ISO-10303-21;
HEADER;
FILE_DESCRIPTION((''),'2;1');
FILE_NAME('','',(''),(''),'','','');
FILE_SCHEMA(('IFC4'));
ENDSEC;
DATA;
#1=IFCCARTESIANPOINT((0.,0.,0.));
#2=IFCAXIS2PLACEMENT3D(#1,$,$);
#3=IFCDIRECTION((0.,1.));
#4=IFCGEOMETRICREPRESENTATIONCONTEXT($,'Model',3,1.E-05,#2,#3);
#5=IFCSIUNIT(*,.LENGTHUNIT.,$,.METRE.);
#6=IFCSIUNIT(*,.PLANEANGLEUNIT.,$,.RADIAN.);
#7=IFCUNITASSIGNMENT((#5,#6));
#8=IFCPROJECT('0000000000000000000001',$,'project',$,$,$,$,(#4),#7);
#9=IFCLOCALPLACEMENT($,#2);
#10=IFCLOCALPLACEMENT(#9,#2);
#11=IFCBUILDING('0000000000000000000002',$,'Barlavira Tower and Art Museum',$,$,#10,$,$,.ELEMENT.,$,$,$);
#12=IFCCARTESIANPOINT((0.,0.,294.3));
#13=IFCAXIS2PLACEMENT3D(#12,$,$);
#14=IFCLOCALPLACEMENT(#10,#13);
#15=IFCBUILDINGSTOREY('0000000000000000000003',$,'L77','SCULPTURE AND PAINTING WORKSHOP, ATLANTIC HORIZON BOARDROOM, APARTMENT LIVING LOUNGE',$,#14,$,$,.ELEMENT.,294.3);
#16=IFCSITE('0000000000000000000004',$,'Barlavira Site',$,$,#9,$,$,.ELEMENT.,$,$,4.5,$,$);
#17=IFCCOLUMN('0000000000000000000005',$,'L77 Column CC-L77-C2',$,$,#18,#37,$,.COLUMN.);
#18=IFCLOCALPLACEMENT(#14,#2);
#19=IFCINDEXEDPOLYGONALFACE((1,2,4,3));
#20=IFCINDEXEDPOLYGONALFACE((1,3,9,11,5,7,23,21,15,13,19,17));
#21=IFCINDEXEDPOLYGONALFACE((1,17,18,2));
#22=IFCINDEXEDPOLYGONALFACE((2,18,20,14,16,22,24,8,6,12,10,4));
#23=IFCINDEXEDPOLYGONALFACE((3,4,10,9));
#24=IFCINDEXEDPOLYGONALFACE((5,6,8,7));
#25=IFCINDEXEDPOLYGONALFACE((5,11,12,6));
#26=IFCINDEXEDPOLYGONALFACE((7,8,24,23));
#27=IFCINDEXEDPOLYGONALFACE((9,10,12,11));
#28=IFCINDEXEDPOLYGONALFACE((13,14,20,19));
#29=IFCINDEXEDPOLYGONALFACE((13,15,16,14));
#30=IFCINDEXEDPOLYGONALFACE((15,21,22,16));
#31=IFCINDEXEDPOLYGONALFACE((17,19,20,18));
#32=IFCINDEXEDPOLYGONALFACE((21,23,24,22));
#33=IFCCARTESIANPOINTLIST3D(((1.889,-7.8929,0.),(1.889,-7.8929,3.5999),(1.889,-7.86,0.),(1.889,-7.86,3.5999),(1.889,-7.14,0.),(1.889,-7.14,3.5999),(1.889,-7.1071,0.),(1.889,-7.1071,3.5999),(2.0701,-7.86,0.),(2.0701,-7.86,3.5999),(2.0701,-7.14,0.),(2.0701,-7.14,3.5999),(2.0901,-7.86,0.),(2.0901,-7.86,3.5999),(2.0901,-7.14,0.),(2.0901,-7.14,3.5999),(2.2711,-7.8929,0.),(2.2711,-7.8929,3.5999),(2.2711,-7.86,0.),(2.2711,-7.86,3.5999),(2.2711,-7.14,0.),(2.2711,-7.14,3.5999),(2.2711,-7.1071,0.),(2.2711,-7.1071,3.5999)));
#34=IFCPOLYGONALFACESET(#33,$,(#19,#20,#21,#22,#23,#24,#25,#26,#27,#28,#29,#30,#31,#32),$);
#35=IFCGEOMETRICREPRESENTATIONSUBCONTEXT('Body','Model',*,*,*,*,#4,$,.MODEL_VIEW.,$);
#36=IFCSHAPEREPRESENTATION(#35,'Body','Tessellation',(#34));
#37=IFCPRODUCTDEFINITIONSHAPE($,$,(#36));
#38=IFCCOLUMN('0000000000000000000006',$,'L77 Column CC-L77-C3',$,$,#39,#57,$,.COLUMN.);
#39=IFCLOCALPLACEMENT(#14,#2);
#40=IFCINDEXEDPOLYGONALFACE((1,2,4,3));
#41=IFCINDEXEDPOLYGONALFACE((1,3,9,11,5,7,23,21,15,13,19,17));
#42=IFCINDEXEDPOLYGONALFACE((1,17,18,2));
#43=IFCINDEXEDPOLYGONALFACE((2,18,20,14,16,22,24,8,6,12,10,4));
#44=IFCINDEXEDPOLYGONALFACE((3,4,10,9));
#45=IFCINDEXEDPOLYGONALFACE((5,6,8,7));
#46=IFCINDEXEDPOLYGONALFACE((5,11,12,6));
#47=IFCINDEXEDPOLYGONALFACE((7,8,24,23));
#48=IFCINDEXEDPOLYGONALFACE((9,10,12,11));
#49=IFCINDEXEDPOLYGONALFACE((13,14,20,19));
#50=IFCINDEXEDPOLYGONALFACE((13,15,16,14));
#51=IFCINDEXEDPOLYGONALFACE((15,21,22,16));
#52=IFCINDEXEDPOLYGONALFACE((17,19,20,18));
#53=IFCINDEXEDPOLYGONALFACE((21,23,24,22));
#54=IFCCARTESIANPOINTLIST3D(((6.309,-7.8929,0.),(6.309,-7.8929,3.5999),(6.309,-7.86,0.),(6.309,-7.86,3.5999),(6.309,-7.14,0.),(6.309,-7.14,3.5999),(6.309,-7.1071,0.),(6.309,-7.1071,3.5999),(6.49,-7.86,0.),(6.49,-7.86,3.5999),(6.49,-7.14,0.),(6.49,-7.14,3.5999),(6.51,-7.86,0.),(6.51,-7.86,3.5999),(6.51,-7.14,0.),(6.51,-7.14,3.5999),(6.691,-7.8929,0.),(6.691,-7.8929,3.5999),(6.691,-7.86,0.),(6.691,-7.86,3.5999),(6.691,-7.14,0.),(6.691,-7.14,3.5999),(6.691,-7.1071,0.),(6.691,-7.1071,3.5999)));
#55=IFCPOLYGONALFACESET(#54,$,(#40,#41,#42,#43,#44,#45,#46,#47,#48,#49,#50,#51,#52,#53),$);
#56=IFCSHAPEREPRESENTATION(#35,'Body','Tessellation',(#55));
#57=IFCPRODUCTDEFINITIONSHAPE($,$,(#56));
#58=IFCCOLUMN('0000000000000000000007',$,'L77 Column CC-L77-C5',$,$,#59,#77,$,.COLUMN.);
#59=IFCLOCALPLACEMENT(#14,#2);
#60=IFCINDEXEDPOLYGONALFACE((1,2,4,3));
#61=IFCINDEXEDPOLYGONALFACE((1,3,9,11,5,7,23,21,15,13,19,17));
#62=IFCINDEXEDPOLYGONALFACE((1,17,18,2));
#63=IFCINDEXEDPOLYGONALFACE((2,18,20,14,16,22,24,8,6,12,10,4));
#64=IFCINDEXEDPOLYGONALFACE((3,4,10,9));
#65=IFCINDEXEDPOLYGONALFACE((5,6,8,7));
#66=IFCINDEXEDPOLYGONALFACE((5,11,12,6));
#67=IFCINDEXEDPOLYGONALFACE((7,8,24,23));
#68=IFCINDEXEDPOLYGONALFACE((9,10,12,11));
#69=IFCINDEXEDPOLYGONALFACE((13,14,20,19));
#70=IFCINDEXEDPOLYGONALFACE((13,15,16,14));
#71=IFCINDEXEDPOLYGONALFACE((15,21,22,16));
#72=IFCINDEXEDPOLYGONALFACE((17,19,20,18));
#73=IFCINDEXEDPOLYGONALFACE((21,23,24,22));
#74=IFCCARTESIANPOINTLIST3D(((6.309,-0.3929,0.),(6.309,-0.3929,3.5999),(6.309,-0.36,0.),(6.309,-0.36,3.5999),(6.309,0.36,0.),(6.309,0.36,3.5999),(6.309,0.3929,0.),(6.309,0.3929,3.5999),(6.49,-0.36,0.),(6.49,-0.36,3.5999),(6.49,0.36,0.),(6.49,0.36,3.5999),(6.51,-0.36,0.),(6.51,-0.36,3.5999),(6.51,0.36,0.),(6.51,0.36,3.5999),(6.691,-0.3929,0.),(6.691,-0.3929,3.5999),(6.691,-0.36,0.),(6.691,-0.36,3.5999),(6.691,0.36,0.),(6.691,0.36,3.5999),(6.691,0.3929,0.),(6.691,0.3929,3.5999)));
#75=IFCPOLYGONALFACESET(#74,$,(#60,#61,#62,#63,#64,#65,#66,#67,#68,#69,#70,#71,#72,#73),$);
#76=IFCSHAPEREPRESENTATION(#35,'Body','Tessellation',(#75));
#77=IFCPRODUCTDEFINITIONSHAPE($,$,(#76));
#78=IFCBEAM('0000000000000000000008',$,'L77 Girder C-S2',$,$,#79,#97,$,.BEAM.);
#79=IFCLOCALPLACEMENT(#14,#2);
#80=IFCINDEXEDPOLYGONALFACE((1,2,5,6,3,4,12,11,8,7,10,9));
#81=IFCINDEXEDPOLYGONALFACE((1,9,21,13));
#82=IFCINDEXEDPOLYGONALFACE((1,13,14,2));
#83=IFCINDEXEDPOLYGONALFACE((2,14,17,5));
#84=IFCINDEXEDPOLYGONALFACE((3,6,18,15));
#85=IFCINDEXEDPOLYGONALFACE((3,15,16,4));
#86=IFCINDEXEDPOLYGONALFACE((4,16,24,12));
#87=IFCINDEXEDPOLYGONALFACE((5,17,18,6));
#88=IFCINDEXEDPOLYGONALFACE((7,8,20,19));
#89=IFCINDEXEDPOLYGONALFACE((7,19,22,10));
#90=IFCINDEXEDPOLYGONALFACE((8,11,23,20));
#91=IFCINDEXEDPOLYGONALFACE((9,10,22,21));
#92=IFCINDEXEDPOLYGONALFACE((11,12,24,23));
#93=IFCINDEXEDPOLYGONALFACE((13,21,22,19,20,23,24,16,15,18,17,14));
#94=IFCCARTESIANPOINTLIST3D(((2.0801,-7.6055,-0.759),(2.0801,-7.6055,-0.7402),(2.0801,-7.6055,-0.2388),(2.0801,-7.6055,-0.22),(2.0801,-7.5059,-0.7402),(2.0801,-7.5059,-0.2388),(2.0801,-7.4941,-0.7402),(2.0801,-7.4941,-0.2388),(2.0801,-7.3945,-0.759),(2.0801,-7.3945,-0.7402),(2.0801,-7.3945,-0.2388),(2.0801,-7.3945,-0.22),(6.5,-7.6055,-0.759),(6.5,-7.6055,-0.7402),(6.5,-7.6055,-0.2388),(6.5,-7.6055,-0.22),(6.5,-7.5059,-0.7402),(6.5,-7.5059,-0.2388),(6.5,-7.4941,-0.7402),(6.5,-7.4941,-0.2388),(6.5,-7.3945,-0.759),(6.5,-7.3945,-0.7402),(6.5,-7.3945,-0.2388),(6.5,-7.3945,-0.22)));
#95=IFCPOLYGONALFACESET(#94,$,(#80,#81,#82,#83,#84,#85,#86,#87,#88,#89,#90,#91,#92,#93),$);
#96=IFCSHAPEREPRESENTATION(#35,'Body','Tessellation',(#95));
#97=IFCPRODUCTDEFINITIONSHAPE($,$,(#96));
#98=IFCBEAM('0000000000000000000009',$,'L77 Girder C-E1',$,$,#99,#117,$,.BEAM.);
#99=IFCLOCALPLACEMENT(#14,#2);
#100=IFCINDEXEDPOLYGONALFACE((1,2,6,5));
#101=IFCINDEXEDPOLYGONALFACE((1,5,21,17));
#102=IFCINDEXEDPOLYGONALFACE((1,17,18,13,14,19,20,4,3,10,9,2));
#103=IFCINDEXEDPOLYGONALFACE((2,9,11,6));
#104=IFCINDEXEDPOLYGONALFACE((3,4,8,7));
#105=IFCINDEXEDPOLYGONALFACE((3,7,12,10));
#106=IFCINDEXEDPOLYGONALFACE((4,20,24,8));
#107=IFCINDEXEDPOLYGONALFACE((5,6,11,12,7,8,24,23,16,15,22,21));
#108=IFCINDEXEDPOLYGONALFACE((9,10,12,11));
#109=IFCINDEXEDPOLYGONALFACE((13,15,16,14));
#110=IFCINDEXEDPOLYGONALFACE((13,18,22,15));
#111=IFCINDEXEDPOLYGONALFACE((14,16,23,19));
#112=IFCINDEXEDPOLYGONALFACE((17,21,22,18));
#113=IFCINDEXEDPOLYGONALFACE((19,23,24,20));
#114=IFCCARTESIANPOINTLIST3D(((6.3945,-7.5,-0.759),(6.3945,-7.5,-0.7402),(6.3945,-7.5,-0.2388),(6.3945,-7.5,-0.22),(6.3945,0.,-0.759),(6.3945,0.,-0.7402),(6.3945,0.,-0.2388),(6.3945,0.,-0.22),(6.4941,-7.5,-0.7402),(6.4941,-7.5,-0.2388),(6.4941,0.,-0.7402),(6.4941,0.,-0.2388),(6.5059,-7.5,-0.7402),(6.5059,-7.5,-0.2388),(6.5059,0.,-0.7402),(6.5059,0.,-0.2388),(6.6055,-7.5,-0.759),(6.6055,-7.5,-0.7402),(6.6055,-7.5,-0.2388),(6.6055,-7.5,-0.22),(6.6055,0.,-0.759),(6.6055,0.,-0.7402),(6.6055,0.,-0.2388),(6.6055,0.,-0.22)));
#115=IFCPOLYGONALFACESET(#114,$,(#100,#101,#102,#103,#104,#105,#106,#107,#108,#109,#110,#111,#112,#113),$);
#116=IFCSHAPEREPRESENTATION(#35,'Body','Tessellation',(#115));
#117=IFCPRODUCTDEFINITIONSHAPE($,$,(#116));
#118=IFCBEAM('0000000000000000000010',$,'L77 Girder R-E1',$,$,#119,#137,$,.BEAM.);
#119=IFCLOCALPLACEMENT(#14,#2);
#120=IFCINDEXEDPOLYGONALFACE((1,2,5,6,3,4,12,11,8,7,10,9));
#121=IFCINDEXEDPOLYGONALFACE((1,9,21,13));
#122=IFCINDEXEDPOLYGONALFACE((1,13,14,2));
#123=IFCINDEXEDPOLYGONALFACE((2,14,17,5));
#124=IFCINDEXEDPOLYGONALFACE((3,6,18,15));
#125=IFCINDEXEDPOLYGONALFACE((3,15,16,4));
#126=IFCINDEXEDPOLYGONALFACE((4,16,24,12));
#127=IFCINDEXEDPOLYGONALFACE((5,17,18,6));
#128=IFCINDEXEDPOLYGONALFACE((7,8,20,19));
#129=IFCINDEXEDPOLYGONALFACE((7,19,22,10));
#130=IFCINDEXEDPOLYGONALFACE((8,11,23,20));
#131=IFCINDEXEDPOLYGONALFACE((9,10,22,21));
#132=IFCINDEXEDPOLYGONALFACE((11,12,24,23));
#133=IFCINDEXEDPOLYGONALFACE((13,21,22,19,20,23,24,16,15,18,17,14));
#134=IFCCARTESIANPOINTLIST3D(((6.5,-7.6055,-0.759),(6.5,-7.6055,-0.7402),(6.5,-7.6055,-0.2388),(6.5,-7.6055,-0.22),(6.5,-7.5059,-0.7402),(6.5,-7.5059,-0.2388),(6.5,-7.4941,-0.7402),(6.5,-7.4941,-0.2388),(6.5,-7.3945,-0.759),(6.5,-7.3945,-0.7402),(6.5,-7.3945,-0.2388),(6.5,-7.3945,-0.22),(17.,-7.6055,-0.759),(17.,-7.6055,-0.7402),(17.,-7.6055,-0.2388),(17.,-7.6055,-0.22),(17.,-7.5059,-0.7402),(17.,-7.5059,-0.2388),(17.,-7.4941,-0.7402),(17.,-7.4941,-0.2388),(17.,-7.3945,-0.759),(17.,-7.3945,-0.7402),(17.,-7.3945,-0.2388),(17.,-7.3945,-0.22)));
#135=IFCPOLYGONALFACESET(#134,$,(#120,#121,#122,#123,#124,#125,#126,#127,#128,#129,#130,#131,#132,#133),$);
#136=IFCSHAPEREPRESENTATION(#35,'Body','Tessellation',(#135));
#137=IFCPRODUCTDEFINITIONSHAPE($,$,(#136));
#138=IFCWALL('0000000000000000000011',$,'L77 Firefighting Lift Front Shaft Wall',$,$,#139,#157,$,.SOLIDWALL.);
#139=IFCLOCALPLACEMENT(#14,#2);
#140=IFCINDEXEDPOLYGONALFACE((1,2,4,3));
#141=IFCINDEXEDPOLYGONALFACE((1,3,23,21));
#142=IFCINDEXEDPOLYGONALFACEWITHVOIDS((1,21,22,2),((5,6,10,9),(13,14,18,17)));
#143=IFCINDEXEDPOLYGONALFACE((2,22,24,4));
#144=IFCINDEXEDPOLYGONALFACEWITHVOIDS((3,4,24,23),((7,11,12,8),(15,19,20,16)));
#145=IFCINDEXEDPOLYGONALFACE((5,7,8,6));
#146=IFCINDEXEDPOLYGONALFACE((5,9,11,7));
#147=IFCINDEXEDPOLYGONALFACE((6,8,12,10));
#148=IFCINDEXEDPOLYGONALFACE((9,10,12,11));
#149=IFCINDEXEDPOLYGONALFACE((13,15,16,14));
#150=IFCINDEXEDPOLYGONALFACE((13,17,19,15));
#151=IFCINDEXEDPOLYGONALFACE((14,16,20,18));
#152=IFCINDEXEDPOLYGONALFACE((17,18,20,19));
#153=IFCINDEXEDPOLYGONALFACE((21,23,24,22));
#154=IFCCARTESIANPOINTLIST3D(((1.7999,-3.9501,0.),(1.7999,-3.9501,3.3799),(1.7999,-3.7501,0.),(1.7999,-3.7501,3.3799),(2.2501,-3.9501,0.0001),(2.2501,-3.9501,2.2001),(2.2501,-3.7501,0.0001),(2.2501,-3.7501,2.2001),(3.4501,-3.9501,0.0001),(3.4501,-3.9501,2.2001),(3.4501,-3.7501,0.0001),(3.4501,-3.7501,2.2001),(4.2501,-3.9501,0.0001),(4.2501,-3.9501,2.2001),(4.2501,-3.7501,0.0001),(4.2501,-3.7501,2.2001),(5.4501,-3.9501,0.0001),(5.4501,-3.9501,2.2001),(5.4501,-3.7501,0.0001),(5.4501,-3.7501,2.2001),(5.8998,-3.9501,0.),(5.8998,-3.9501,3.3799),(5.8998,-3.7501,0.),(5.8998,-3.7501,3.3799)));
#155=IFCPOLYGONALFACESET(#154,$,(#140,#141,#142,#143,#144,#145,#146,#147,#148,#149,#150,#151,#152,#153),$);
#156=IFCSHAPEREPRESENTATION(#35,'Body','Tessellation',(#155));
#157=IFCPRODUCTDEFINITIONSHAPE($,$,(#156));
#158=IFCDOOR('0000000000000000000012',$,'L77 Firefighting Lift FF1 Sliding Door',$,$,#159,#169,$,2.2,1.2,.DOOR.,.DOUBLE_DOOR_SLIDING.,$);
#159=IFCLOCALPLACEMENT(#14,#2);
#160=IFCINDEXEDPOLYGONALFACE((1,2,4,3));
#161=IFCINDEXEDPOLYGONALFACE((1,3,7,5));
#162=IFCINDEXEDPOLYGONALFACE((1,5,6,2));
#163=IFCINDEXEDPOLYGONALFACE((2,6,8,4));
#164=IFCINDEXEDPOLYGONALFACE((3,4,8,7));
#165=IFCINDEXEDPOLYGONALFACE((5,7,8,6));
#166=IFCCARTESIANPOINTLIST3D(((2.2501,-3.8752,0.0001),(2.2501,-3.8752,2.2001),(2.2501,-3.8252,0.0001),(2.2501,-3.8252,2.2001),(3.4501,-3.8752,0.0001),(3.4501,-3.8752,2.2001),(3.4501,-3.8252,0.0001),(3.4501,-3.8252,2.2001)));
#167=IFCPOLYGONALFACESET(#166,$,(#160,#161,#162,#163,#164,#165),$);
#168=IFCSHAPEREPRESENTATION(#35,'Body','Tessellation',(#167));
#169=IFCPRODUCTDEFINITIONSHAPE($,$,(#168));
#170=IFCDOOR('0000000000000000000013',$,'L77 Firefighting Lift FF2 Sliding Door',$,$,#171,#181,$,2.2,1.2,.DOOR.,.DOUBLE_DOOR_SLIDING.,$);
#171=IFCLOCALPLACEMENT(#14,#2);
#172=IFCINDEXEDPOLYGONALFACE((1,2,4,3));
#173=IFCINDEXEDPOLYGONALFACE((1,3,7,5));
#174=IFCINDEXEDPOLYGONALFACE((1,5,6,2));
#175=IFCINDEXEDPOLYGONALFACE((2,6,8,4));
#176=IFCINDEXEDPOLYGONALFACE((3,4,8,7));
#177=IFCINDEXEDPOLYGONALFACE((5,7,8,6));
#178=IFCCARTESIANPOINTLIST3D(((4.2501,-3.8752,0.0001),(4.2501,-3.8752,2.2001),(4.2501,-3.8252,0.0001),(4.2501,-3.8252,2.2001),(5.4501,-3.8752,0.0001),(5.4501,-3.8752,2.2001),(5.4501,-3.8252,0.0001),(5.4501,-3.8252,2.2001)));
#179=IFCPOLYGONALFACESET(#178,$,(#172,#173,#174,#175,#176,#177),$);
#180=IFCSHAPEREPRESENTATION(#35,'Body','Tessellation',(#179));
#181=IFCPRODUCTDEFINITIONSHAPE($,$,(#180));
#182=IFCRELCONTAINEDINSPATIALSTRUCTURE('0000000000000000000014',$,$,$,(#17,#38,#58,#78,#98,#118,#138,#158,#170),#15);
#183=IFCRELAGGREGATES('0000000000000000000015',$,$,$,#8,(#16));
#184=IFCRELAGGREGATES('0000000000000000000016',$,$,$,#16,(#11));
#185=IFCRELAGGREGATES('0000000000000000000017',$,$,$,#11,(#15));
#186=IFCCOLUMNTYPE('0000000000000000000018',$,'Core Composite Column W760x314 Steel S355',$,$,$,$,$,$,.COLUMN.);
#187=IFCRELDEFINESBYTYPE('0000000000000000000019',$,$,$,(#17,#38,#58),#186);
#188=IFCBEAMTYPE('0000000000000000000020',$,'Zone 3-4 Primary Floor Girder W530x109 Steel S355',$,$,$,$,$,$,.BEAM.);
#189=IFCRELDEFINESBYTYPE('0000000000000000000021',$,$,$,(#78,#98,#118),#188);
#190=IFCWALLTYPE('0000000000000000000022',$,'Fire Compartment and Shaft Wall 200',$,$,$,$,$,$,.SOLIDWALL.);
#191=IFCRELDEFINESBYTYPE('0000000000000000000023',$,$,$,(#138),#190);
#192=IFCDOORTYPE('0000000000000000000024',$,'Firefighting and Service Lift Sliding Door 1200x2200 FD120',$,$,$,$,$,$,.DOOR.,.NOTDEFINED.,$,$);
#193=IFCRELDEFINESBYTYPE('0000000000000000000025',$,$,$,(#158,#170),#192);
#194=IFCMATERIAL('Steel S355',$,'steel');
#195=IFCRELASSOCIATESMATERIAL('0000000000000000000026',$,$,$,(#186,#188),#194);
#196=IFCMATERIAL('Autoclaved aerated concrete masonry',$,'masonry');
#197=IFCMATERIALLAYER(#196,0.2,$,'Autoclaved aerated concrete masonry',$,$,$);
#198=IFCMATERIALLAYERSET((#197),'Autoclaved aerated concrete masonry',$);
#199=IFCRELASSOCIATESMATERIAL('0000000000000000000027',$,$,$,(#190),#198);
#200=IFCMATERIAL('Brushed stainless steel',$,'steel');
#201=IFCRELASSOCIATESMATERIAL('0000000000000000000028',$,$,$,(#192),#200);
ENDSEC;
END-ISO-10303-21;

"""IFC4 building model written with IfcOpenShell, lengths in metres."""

from ifc_helpers import new_model, si_unit, direction, frame, frame_2d, origin, origin_2d, place, context, subcontext, project, spatial, rectangle, i_section, extrude, material, layer, layer_set, material_profile, profile_set, type_object, element, fill, save


model = new_model("IFC4")

# Units and contexts
model_context = context("Model", 3, precision=1e-05, world=origin(), true_north=direction((0.0, 1.0)))
body_context = subcontext(model_context, "Body", "Model", "MODEL_VIEW")
ifc_project = project(units=[si_unit("LENGTHUNIT", "METRE"), si_unit("PLANEANGLEUNIT", "RADIAN")], contexts=[model_context])

# Site, building, storey
site_placement = place(None, origin())
site = spatial("IfcSite", under=ifc_project, at=site_placement, Name="Barlavira Site", CompositionType="ELEMENT", RefElevation=4.5)
building_placement = place(site_placement, origin())
building = spatial("IfcBuilding", under=site, at=building_placement, Name="Barlavira Tower and Art Museum", CompositionType="ELEMENT")
storey_placement = place(building_placement, frame((0.0, 0.0, 294.3)))
storey = spatial("IfcBuildingStorey", under=building, at=storey_placement, Name="L77", Description="SCULPTURE AND PAINTING WORKSHOP, ATLANTIC HORIZON BOARDROOM, APARTMENT LIVING LOUNGE", CompositionType="ELEMENT", Elevation=294.3)

# Columns
ifc_material_1 = material(Name="Steel S355", Category="steel")
ifc_material_profile_1 = material_profile(ifc_material_1, i_section(OverallWidth=0.3821, OverallDepth=0.7859, WebThickness=0.02, FlangeThickness=0.033, at=origin_2d()), Name="W760x314.0")
ifc_profile_set_1 = profile_set([ifc_material_profile_1], Name="Steel S355")
column_type = type_object("IfcColumnType", Name="Core Composite Column W760x314 Steel S355", PredefinedType="COLUMN", material=ifc_profile_set_1)
for number, where, z_axis, x_axis, name in (
    (1, (2.0801, -7.5, 0.0), (0.0, 0.0, 1.0), (1.0, 0.0, 0.0), "L77 Column CC-L77-C2"),
    (2, (6.5, -7.5, 0.0), (0.0, 0.0, 1.0), (1.0, 0.0, 0.0), "L77 Column CC-L77-C3"),
    (3, (6.5, 0.0, 0.0), (0.0, 0.0, 1.0), (1.0, 0.0, 0.0), "L77 Column CC-L77-C5"),
):
    element("IfcColumn", number, at=place(storey_placement, frame(where, z_axis=z_axis, x_axis=x_axis)), inside=storey, type_object=column_type, Name=name, PredefinedType="COLUMN", context=body_context, shape_type="SweptSolid", body=[
        extrude(i_section(OverallWidth=0.3821, OverallDepth=0.7859, WebThickness=0.02, FlangeThickness=0.033, at=origin_2d()), origin(), (0.0, 0.0, 1.0), 3.5999),
    ])

# Beams
ifc_material_profile_2 = material_profile(ifc_material_1, i_section(OverallWidth=0.2109, OverallDepth=0.5391, WebThickness=0.0117, FlangeThickness=0.0188, at=origin_2d()), Name="W530x109.0")
ifc_profile_set_2 = profile_set([ifc_material_profile_2], Name="Steel S355")
beam_type = type_object("IfcBeamType", Name="Zone 3-4 Primary Floor Girder W530x109 Steel S355", PredefinedType="BEAM", material=ifc_profile_set_2)
beam_1_placement = place(storey_placement, frame((2.0801, -7.5, -0.4895), z_axis=(1.0, 0.0, 0.0), x_axis=(0.0, 1.0, 0.0)))
element("IfcBeam", 4, at=beam_1_placement, inside=storey, type_object=beam_type, Name="L77 Girder C-S2", PredefinedType="BEAM", context=body_context, shape_type="SweptSolid", body=[
    extrude(i_section(OverallWidth=0.2109, OverallDepth=0.5391, WebThickness=0.0117, FlangeThickness=0.0188, at=origin_2d()), origin(), (0.0, 0.0, 1.0), 4.4199),
])
beam_2_placement = place(storey_placement, frame((6.5, -7.5, -0.4895), z_axis=(0.0, 1.0, 0.0), x_axis=(-1.0, 0.0, 0.0)))
element("IfcBeam", 5, at=beam_2_placement, inside=storey, type_object=beam_type, Name="L77 Girder C-E1", PredefinedType="BEAM", context=body_context, shape_type="SweptSolid", body=[
    extrude(i_section(OverallWidth=0.2109, OverallDepth=0.5391, WebThickness=0.0117, FlangeThickness=0.0188, at=origin_2d()), origin(), (0.0, 0.0, 1.0), 7.5),
])
beam_3_placement = place(storey_placement, frame((6.5, -7.5, -0.4895), z_axis=(1.0, 0.0, 0.0), x_axis=(0.0, 1.0, 0.0)))
element("IfcBeam", 6, at=beam_3_placement, inside=storey, type_object=beam_type, Name="L77 Girder R-E1", PredefinedType="BEAM", context=body_context, shape_type="SweptSolid", body=[
    extrude(i_section(OverallWidth=0.2109, OverallDepth=0.5391, WebThickness=0.0117, FlangeThickness=0.0188, at=origin_2d()), origin(), (0.0, 0.0, 1.0), 10.5),
])

# Shared definitions
ifc_material_2 = material(Name="Brushed stainless steel", Category="steel")

# Wall, openings, doors
ifc_material_3 = material(Name="Autoclaved aerated concrete masonry", Category="masonry")
ifc_layer_1 = layer(ifc_material_3, 0.2, Name="Autoclaved aerated concrete masonry")
ifc_layer_set_1 = layer_set([ifc_layer_1], Name="Autoclaved aerated concrete masonry")
wall_type_1 = type_object("IfcWallType", Name="Fire Compartment and Shaft Wall 200", PredefinedType="SOLIDWALL", material=ifc_layer_set_1)
wall_1_placement = place(storey_placement, frame((1.8, -3.8501, 0.0), z_axis=(0.0, 0.0, 1.0), x_axis=(1.0, 0.0, 0.0)))
wall_1 = element("IfcWall", 7, at=wall_1_placement, inside=storey, type_object=wall_type_1, Name="L77 Firefighting Lift Front Shaft Wall", PredefinedType="SOLIDWALL", context=body_context, shape_type="SweptSolid", body=[
    extrude(rectangle(XDim=4.0999, YDim=0.2, at=frame_2d((2.0498, 0.0))), origin(), (0.0, 0.0, 1.0), 3.3799),
])
opening_1_placement = place(wall_1_placement, frame((0.45, 0.0, 0.0)))
opening_1 = element("IfcOpeningElement", 8, at=opening_1_placement, cuts=wall_1, PredefinedType="OPENING", context=body_context, shape_type="SweptSolid", body=[
    extrude(rectangle(XDim=1.2, YDim=2.2, at=frame_2d((0.6001, 1.1001))), frame((0.0, 0.1099, 0.0), z_axis=(0.0, -1.0, 0.0), x_axis=(1.0, 0.0, 0.0)), (0.0, 0.0, 1.0), 0.22),
])
opening_2_placement = place(wall_1_placement, frame((2.45, 0.0, 0.0)))
opening_2 = element("IfcOpeningElement", 9, at=opening_2_placement, cuts=wall_1, PredefinedType="OPENING", context=body_context, shape_type="SweptSolid", body=[
    extrude(rectangle(XDim=1.2, YDim=2.2, at=frame_2d((0.6001, 1.1001))), frame((0.0, 0.1099, 0.0), z_axis=(0.0, -1.0, 0.0), x_axis=(1.0, 0.0, 0.0)), (0.0, 0.0, 1.0), 0.22),
])
door_type_1 = type_object("IfcDoorType", Name="Firefighting and Service Lift Sliding Door 1200x2200 FD120", OperationType="NOTDEFINED", PredefinedType="DOOR", material=ifc_material_2)
door_1_placement = place(opening_1_placement, origin())
door_1 = element("IfcDoor", 10, at=door_1_placement, inside=storey, type_object=door_type_1, Name="L77 Firefighting Lift FF1 Sliding Door", OperationType="DOUBLE_DOOR_SLIDING", OverallHeight=2.2, OverallWidth=1.2, PredefinedType="DOOR", context=body_context, shape_type="SweptSolid", body=[
    extrude(rectangle(XDim=1.2, YDim=2.2, at=frame_2d((0.6001, 1.1001))), frame((0.0, 0.0249, 0.0), z_axis=(0.0, -1.0, 0.0), x_axis=(1.0, 0.0, 0.0)), (0.0, 0.0, 1.0), 0.05),
])
fill(opening_1, door_1)
door_2_placement = place(opening_2_placement, origin())
door_2 = element("IfcDoor", 11, at=door_2_placement, inside=storey, type_object=door_type_1, Name="L77 Firefighting Lift FF2 Sliding Door", OperationType="DOUBLE_DOOR_SLIDING", OverallHeight=2.2, OverallWidth=1.2, PredefinedType="DOOR", context=body_context, shape_type="SweptSolid", body=[
    extrude(rectangle(XDim=1.2, YDim=2.2, at=frame_2d((0.6001, 1.1001))), frame((0.0, 0.0249, 0.0), z_axis=(0.0, -1.0, 0.0), x_axis=(1.0, 0.0, 0.0)), (0.0, 0.0, 1.0), 0.05),
])
fill(opening_2, door_2)

save(model, "model.ifc")
